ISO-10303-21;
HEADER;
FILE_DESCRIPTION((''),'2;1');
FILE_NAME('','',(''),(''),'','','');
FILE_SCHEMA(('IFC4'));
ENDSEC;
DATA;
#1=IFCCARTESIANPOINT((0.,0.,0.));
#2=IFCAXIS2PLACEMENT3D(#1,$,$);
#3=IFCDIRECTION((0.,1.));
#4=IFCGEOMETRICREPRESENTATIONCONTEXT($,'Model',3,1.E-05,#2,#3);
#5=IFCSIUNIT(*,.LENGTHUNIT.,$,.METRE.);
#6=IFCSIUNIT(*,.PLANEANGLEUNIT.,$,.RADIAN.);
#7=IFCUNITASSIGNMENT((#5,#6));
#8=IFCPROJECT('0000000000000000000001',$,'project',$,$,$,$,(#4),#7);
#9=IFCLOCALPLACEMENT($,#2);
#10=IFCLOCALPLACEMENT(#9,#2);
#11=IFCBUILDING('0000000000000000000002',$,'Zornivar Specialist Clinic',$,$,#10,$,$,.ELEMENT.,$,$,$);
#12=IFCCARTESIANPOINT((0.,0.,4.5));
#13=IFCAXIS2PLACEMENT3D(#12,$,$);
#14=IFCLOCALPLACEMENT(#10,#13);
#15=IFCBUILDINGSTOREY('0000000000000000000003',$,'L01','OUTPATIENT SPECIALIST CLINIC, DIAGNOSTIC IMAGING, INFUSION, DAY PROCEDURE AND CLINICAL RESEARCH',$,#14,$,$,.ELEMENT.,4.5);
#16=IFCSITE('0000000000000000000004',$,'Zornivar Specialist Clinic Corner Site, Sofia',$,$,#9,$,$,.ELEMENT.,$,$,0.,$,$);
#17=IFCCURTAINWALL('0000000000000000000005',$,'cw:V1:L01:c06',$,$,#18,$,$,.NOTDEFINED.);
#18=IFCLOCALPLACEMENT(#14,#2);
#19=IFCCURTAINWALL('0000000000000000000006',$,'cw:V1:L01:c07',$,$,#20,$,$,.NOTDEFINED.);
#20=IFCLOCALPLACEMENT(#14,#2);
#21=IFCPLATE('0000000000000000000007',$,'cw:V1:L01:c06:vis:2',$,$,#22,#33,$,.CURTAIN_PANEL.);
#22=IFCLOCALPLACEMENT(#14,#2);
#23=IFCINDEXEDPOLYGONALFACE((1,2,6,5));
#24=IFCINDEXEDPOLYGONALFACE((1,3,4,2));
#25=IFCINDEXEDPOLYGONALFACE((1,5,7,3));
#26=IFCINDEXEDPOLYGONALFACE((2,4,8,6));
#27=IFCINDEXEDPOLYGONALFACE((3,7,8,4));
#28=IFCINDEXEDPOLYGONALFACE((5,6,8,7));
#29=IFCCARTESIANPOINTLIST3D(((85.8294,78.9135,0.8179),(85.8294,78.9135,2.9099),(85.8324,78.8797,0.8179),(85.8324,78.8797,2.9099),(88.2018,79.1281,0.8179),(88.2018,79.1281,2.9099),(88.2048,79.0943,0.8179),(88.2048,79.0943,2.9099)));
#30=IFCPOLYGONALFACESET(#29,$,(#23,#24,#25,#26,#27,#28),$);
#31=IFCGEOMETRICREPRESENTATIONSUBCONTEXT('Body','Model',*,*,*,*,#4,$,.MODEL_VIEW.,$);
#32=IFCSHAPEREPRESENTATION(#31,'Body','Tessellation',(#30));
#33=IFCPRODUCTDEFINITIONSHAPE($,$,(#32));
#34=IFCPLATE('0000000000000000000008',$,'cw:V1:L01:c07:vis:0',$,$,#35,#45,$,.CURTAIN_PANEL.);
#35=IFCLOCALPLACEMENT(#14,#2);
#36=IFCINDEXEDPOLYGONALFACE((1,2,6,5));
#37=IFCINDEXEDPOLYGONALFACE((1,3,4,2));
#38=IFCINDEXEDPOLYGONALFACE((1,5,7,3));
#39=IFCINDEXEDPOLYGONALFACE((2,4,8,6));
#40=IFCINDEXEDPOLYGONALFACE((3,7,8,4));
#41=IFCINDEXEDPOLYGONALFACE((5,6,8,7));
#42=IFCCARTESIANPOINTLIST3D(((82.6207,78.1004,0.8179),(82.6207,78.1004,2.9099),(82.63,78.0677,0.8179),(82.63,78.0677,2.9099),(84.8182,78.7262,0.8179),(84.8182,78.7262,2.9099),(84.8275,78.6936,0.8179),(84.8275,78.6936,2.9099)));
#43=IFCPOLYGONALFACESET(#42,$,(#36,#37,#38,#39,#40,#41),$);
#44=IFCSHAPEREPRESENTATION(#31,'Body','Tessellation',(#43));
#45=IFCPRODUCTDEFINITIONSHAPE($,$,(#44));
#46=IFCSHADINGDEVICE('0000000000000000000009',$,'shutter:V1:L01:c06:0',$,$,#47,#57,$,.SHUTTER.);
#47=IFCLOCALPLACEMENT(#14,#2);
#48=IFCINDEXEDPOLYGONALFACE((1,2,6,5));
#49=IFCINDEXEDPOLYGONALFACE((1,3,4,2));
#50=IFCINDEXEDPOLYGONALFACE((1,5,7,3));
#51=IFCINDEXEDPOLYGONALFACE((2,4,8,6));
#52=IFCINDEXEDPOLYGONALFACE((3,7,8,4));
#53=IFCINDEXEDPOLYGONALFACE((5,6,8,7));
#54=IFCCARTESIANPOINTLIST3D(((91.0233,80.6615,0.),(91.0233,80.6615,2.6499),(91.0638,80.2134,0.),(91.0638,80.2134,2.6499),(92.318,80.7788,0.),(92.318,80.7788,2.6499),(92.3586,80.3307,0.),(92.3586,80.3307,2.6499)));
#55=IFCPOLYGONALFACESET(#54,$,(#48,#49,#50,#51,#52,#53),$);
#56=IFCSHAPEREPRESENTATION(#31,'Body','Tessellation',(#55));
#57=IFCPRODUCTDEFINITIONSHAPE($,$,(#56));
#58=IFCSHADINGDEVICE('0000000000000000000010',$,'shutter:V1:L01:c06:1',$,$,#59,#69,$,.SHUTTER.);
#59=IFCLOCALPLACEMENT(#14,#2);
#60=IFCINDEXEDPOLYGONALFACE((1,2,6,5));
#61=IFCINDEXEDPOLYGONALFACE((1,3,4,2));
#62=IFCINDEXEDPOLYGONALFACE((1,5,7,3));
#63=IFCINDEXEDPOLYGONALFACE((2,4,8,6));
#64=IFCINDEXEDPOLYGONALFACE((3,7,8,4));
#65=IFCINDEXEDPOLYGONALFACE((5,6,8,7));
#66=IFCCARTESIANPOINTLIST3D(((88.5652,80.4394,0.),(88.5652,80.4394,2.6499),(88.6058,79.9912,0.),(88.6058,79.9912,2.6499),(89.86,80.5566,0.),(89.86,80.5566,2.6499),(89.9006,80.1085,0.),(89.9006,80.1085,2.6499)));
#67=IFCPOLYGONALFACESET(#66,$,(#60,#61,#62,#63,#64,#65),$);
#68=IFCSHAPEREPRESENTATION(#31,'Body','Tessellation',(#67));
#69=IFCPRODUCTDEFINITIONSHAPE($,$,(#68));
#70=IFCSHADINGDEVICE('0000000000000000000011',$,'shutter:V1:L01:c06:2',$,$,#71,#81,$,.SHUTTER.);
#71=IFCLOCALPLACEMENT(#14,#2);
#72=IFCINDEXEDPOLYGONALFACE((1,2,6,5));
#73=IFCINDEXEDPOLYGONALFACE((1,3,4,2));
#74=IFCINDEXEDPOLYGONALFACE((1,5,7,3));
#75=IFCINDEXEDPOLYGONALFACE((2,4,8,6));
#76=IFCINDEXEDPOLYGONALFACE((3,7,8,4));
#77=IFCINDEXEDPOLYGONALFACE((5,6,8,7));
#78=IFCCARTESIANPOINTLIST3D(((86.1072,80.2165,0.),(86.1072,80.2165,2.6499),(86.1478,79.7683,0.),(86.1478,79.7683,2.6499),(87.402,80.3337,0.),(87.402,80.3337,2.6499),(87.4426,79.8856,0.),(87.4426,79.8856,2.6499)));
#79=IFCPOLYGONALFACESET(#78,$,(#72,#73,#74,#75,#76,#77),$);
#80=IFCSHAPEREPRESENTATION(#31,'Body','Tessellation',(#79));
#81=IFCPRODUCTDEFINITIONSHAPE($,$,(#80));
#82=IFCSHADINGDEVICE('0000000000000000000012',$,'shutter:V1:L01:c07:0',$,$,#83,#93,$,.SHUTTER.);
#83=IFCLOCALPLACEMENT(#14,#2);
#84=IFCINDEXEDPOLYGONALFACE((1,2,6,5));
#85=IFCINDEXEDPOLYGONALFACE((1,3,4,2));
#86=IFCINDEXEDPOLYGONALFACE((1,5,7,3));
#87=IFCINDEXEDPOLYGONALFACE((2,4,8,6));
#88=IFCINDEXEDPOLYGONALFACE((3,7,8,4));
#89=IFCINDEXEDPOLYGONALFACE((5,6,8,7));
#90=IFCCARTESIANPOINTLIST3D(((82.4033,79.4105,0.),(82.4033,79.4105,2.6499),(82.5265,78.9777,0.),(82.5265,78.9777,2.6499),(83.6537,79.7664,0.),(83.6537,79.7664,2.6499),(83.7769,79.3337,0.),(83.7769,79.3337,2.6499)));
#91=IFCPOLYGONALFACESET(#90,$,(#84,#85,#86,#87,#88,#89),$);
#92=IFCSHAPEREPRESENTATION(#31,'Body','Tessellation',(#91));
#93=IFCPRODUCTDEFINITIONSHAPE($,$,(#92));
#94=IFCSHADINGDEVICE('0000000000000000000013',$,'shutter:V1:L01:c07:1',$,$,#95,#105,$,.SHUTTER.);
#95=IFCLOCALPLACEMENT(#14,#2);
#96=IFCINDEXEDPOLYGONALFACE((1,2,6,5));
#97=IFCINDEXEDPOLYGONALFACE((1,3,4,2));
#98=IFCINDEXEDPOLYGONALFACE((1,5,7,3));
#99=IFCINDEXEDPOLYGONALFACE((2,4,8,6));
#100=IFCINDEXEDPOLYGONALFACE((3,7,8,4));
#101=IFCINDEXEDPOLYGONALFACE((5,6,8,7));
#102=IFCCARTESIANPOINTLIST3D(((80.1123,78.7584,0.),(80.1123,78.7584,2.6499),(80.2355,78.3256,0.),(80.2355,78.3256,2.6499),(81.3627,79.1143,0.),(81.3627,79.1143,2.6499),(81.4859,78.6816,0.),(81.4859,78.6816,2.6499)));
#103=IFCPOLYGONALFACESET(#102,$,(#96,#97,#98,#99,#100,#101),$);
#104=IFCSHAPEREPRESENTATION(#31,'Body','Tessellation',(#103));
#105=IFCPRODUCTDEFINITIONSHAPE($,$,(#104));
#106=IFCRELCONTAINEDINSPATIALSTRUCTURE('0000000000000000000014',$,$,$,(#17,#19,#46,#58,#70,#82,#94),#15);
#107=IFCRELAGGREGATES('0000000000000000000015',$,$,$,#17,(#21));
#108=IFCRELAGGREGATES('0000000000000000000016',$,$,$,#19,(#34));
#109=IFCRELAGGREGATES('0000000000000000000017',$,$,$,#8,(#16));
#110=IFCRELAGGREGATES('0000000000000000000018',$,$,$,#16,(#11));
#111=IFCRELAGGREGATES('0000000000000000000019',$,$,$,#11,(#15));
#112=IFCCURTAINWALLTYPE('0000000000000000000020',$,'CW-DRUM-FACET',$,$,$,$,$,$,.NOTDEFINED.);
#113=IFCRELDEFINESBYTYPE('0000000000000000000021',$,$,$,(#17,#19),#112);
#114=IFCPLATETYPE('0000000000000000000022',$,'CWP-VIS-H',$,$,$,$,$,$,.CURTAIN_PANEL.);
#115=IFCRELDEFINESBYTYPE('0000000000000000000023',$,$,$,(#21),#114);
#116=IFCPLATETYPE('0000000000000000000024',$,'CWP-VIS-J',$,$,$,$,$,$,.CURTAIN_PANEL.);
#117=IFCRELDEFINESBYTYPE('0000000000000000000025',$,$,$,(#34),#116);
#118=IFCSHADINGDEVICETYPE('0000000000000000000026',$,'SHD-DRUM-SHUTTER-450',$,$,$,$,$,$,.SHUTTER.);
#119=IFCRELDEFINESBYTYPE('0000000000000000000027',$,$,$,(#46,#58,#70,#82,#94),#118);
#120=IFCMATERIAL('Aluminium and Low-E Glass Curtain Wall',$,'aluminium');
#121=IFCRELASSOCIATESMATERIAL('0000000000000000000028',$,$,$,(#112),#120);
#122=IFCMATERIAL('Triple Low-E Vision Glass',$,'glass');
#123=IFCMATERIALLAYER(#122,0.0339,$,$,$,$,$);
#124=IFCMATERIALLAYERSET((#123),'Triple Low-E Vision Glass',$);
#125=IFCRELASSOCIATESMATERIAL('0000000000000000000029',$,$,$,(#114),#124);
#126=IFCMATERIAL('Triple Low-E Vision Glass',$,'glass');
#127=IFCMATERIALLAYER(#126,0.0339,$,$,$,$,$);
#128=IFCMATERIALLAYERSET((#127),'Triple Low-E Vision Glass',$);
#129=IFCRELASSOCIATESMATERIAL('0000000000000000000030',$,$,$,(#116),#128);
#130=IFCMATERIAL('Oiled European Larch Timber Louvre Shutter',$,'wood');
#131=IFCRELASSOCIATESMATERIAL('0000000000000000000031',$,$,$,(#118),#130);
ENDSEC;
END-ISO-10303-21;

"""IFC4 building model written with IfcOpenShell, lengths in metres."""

from ifc_helpers import new_model, si_unit, direction, frame, origin, origin_2d, place, context, subcontext, project, spatial, rectangle, extrude, material, layer, layer_set, type_object, element, aggregate, save


model = new_model("IFC4")

# Units and contexts
model_context = context("Model", 3, precision=1e-05, world=origin(), true_north=direction((0.0, 1.0)))
body_context = subcontext(model_context, "Body", "Model", "MODEL_VIEW")
ifc_project = project(units=[si_unit("LENGTHUNIT", "METRE"), si_unit("PLANEANGLEUNIT", "RADIAN")], contexts=[model_context])

# Site, building, storey
site_placement = place(None, origin())
site = spatial("IfcSite", under=ifc_project, at=site_placement, Name="Zornivar Specialist Clinic Corner Site, Sofia", CompositionType="ELEMENT", RefElevation=0.0)
building_placement = place(site_placement, origin())
building = spatial("IfcBuilding", under=site, at=building_placement, Name="Zornivar Specialist Clinic", CompositionType="ELEMENT")
storey_placement = place(building_placement, frame((0.0, 0.0, 4.5)))
storey = spatial("IfcBuildingStorey", under=building, at=storey_placement, Name="L01", Description="OUTPATIENT SPECIALIST CLINIC, DIAGNOSTIC IMAGING, INFUSION, DAY PROCEDURE AND CLINICAL RESEARCH", CompositionType="ELEMENT", Elevation=4.5)

# Curtain wall
ifc_material_1 = material(Name="Aluminium and Low-E Glass Curtain Wall", Category="aluminium")
curtain_wall_type = type_object("IfcCurtainWallType", Name="CW-DRUM-FACET", PredefinedType="NOTDEFINED", material=ifc_material_1)
curtain_wall_1_placement = place(storey_placement, origin())
curtain_wall_1 = element("IfcCurtainWall", 1, at=curtain_wall_1_placement, inside=storey, type_object=curtain_wall_type, Name="cw:V1:L01:c06", PredefinedType="NOTDEFINED")

# Curtain wall
curtain_wall_2_placement = place(storey_placement, origin())
curtain_wall_2 = element("IfcCurtainWall", 2, at=curtain_wall_2_placement, inside=storey, type_object=curtain_wall_type, Name="cw:V1:L01:c07", PredefinedType="NOTDEFINED")

# Plates
ifc_material_2 = material(Name="Triple Low-E Vision Glass", Category="glass")
ifc_layer_1 = layer(ifc_material_2, 0.0339)
ifc_layer_set_1 = layer_set([ifc_layer_1], Name="Triple Low-E Vision Glass")
plate_type_1 = type_object("IfcPlateType", Name="CWP-VIS-H", PredefinedType="CURTAIN_PANEL", material=ifc_layer_set_1)
plate_1_placement = place(storey_placement, frame((87.0171, 79.0039, 0.8179), z_axis=(0.0, 0.0, 1.0), x_axis=(-0.995933, -0.090099, 0.0)))
plate_1 = element("IfcPlate", 3, at=plate_1_placement, type_object=plate_type_1, Name="cw:V1:L01:c06:vis:2", PredefinedType="CURTAIN_PANEL", context=body_context, shape_type="SweptSolid", body=[
    extrude(rectangle(XDim=2.3821, YDim=0.0339, at=origin_2d()), origin(), (0.0, 0.0, 1.0), 2.092),
])
aggregate(curtain_wall_1, [plate_1])
ifc_material_3 = material(Name="Triple Low-E Vision Glass", Category="glass")
ifc_layer_2 = layer(ifc_material_3, 0.0339)
ifc_layer_set_2 = layer_set([ifc_layer_2], Name="Triple Low-E Vision Glass")
plate_type_2 = type_object("IfcPlateType", Name="CWP-VIS-J", PredefinedType="CURTAIN_PANEL", material=ifc_layer_set_2)
plate_2_placement = place(storey_placement, frame((83.7241, 78.397, 0.8179), z_axis=(0.0, 0.0, 1.0), x_axis=(-0.961761, -0.273889, 0.0)))
plate_2 = element("IfcPlate", 4, at=plate_2_placement, type_object=plate_type_2, Name="cw:V1:L01:c07:vis:0", PredefinedType="CURTAIN_PANEL", context=body_context, shape_type="SweptSolid", body=[
    extrude(rectangle(XDim=2.2849, YDim=0.0339, at=origin_2d()), origin(), (0.0, 0.0, 1.0), 2.092),
])
aggregate(curtain_wall_2, [plate_2])

# Shading devices
ifc_material_4 = material(Name="Oiled European Larch Timber Louvre Shutter", Category="wood")
shading_device_type = type_object("IfcShadingDeviceType", Name="SHD-DRUM-SHUTTER-450", PredefinedType="SHUTTER", material=ifc_material_4)
for number, where, z_axis, x_axis, name in (
    (5, (91.6909, 80.4961, 0.0), (0.0, 0.0, 1.0), (-0.995925, -0.090188, 0.0), "shutter:V1:L01:c06:0"),
    (6, (89.2329, 80.2739, 0.0), (0.0, 0.0, 1.0), (-0.995925, -0.090188, 0.0), "shutter:V1:L01:c06:1"),
    (7, (86.7749, 80.051, 0.0), (0.0, 0.0, 1.0), (-0.995925, -0.090188, 0.0), "shutter:V1:L01:c06:2"),
    (8, (83.0901, 79.3721, 0.0), (0.0, 0.0, 1.0), (-0.961785, -0.273805, 0.0), "shutter:V1:L01:c07:0"),
    (9, (80.7991, 78.72, 0.0), (0.0, 0.0, 1.0), (-0.961785, -0.273805, 0.0), "shutter:V1:L01:c07:1"),
):
    element("IfcShadingDevice", number, at=place(storey_placement, frame(where, z_axis=z_axis, x_axis=x_axis)), inside=storey, type_object=shading_device_type, Name=name, PredefinedType="SHUTTER", context=body_context, shape_type="SweptSolid", body=[
        extrude(rectangle(XDim=1.3, YDim=0.45, at=origin_2d()), origin(), (0.0, 0.0, 1.0), 2.6499),
    ])

save(model, "model.ifc")
